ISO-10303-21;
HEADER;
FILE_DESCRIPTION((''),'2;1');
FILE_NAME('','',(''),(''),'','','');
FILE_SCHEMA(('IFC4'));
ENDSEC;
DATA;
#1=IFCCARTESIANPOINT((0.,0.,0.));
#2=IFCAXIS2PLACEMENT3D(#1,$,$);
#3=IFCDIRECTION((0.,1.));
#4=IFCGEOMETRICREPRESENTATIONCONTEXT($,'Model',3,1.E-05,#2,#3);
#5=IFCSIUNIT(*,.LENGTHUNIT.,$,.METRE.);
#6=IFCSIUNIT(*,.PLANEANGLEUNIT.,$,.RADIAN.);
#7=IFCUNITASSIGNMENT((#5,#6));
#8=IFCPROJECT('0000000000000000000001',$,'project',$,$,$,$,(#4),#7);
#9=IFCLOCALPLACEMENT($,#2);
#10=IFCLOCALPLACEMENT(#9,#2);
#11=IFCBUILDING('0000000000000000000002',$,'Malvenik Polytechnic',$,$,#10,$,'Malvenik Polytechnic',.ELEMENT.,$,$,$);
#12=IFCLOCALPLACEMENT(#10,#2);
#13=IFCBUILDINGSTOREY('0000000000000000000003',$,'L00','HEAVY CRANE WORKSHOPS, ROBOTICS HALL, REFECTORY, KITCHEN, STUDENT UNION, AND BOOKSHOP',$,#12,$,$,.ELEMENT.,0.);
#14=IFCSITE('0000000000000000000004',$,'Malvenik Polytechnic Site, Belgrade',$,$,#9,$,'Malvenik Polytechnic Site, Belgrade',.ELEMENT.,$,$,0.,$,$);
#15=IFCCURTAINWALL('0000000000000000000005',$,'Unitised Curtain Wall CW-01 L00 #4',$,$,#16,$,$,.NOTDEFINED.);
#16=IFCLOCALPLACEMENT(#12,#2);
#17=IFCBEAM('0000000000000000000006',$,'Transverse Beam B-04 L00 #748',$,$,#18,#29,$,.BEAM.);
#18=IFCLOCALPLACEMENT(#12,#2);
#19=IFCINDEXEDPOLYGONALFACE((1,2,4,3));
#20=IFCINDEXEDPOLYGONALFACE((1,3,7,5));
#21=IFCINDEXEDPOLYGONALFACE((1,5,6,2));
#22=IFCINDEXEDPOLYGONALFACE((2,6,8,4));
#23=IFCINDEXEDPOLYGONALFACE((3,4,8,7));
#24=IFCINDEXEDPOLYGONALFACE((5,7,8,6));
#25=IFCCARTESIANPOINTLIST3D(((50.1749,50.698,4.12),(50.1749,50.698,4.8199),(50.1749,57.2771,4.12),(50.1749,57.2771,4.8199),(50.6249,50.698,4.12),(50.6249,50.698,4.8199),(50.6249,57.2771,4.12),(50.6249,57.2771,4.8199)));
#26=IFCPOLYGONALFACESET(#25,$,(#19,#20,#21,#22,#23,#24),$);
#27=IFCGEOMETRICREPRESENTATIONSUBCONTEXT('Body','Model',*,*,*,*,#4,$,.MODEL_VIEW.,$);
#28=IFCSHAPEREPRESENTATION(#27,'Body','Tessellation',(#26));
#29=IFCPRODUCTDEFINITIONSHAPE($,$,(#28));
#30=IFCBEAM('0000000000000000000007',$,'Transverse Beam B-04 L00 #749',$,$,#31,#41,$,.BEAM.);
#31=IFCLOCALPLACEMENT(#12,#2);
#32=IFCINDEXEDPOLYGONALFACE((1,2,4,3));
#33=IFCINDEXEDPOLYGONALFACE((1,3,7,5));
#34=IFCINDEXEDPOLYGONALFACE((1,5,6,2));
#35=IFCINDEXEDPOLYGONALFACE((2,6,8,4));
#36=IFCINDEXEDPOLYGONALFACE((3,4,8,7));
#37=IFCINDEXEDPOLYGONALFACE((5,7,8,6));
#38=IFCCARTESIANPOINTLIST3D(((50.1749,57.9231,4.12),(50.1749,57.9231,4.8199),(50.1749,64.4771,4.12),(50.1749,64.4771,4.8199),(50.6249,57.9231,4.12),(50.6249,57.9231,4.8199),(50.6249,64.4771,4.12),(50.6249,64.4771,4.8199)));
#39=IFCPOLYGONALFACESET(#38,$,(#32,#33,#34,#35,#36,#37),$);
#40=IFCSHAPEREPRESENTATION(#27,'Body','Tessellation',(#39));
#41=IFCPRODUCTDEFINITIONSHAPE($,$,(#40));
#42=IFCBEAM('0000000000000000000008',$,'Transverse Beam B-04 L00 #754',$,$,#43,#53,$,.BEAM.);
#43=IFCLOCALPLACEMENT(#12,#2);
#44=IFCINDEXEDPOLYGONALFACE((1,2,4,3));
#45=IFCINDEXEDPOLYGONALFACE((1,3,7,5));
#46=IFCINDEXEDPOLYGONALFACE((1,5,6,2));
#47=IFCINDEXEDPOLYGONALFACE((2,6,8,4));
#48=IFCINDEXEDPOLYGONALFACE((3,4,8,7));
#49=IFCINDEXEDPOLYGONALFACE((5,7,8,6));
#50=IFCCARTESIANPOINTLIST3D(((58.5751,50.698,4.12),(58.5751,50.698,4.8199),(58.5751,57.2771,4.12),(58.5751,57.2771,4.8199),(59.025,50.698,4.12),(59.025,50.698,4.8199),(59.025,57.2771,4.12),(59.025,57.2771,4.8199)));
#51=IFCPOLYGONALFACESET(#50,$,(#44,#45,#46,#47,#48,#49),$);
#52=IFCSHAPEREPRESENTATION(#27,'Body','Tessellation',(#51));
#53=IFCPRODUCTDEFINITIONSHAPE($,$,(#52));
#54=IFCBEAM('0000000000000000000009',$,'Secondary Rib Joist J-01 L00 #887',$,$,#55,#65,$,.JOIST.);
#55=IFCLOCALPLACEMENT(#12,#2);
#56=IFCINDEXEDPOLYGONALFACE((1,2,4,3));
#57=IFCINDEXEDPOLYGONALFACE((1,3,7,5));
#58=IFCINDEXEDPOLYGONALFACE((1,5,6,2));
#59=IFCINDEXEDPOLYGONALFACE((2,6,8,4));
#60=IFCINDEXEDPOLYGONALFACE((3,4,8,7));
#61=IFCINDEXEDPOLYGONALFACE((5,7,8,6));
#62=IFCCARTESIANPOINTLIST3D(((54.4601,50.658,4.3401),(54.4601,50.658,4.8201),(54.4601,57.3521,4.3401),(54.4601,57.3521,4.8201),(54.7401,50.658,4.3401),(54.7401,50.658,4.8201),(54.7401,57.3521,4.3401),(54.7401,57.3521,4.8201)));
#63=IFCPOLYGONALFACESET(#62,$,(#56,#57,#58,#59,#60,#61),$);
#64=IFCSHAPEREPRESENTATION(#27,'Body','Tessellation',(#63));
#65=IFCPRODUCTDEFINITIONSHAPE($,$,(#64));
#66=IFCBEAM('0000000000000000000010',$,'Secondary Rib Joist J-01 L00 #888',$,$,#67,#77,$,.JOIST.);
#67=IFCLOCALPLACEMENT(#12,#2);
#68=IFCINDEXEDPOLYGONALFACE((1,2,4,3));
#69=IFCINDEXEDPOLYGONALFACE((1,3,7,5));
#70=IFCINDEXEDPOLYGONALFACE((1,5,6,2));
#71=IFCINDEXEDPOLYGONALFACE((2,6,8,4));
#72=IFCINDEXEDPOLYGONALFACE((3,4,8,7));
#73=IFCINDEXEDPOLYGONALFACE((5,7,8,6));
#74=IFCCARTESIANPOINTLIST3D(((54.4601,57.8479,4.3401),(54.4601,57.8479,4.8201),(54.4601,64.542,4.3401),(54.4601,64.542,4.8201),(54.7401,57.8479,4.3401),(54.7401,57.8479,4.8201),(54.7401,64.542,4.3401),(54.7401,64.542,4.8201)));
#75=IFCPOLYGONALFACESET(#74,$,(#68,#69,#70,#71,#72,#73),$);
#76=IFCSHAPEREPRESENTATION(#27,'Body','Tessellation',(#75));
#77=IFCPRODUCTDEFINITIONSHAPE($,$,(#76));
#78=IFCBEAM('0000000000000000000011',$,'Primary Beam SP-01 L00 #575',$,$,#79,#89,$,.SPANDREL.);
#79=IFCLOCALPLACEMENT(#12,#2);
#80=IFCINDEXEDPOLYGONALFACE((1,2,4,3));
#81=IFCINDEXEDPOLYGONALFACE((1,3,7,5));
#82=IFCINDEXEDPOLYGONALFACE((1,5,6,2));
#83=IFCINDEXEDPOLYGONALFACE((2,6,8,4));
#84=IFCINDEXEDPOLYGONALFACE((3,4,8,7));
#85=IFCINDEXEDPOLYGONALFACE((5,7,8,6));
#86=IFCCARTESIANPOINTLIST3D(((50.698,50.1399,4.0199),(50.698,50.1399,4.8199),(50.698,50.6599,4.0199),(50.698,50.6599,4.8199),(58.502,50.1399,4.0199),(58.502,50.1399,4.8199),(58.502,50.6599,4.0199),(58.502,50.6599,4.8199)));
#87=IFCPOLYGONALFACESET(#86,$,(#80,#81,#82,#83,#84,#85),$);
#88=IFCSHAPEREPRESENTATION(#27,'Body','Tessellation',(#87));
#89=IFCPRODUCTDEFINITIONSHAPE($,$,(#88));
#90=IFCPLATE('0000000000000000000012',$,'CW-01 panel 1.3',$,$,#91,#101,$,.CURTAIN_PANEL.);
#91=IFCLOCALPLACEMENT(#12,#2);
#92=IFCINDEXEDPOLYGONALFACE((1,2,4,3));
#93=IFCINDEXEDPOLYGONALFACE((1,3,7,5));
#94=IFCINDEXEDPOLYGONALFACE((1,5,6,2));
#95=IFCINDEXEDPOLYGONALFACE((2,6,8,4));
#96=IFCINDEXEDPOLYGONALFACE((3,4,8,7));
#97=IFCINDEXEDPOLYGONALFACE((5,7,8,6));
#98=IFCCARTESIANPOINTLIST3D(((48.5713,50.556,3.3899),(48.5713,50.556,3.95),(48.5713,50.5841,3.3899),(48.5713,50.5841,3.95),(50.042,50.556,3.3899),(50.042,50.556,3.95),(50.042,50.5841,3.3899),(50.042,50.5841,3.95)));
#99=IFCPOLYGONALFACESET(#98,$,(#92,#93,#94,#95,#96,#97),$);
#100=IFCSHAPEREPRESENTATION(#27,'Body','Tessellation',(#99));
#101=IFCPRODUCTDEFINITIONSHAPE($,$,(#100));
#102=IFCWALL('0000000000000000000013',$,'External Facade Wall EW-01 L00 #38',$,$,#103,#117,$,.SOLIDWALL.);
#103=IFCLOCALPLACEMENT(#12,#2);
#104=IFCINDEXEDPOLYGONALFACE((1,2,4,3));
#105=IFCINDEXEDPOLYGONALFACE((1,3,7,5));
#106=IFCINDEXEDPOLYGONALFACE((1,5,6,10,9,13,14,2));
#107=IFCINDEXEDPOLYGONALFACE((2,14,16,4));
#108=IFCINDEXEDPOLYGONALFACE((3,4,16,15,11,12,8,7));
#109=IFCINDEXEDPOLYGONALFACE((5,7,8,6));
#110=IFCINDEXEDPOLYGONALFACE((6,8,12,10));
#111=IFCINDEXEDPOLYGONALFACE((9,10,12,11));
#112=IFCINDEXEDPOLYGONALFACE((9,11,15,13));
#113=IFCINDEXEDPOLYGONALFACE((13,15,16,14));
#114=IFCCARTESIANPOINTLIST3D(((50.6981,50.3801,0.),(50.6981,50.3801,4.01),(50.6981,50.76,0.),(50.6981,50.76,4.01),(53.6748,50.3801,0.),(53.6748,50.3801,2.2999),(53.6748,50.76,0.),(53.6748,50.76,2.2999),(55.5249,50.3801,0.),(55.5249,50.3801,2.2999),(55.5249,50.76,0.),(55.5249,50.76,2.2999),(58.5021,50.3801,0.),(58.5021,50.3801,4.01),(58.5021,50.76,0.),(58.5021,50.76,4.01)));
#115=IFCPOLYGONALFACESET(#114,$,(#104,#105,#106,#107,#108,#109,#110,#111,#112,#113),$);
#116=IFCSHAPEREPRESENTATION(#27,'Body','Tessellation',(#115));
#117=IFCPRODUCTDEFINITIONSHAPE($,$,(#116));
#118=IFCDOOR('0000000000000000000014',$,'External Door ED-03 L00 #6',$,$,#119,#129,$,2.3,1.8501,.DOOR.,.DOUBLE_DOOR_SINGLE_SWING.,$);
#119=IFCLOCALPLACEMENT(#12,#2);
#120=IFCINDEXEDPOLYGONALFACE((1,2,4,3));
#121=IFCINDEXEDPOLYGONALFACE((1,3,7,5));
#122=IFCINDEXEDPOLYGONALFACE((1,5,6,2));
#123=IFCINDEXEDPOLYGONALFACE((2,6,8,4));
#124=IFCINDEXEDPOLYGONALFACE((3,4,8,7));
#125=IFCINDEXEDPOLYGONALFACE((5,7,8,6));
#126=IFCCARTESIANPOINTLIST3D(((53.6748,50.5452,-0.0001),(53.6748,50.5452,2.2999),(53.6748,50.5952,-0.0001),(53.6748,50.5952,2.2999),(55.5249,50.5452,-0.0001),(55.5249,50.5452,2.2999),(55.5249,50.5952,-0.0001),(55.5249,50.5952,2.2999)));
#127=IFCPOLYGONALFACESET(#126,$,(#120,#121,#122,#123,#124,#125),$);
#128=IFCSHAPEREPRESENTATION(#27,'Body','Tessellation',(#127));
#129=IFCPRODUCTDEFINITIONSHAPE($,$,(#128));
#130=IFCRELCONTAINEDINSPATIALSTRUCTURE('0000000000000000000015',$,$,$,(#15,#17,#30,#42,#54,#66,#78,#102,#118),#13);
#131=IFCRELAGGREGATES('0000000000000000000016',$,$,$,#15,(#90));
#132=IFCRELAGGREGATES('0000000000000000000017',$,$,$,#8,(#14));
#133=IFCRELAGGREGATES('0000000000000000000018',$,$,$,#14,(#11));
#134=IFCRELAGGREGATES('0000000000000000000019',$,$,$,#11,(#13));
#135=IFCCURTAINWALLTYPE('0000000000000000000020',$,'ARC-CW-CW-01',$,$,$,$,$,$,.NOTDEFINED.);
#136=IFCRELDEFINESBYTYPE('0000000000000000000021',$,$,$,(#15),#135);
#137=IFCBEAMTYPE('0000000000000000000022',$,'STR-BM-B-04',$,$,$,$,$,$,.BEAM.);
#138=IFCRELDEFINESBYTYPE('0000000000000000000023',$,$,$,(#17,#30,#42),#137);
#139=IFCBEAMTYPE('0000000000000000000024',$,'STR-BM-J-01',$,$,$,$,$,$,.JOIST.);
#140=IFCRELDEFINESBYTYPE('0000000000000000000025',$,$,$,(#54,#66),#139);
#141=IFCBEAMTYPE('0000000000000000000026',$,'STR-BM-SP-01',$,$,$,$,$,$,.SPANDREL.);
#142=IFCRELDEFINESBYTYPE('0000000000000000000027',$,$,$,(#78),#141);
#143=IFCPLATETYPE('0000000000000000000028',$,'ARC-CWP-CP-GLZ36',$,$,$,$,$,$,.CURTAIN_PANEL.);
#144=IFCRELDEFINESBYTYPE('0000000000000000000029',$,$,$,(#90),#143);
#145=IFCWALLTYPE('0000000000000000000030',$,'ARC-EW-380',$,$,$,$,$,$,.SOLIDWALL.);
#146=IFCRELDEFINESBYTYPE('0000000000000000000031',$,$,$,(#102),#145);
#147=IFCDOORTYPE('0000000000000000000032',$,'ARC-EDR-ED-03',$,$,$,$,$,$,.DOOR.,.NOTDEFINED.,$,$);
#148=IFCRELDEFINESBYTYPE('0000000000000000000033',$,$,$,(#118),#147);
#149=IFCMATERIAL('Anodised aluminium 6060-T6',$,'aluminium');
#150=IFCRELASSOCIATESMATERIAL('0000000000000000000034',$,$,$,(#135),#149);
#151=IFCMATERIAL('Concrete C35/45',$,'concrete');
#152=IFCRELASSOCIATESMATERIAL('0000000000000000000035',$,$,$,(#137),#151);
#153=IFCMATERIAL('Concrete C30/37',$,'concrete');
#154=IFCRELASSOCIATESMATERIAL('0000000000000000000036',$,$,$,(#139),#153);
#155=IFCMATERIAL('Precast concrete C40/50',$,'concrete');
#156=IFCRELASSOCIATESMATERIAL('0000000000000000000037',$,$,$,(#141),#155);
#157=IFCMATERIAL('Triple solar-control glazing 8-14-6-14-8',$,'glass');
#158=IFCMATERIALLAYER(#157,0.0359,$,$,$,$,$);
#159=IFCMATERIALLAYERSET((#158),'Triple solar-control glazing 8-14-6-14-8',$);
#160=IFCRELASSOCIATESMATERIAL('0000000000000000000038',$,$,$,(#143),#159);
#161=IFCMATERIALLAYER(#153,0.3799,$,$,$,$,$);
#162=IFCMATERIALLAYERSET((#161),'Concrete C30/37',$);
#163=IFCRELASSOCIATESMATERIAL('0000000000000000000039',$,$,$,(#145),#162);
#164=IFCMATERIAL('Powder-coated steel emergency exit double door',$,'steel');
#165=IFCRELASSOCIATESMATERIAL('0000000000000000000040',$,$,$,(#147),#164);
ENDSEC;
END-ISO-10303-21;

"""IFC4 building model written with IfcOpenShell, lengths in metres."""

from ifc_helpers import new_model, si_unit, direction, frame, frame_2d, origin, origin_2d, place, context, subcontext, project, spatial, rectangle, extrude, material, layer, layer_set, material_profile, profile_set, type_object, element, fill, aggregate, save


model = new_model("IFC4")

# Units and contexts
model_context = context("Model", 3, precision=1e-05, world=origin(), true_north=direction((0.0, 1.0)))
body_context = subcontext(model_context, "Body", "Model", "MODEL_VIEW")
ifc_project = project(units=[si_unit("LENGTHUNIT", "METRE"), si_unit("PLANEANGLEUNIT", "RADIAN")], contexts=[model_context])

# Site, building, storey
site_placement = place(None, origin())
site = spatial("IfcSite", under=ifc_project, at=site_placement, Name="Malvenik Polytechnic Site, Belgrade", LongName="Malvenik Polytechnic Site, Belgrade", CompositionType="ELEMENT", RefElevation=0.0)
building_placement = place(site_placement, origin())
building = spatial("IfcBuilding", under=site, at=building_placement, Name="Malvenik Polytechnic", LongName="Malvenik Polytechnic", CompositionType="ELEMENT")
storey_placement = place(building_placement, origin())
storey = spatial("IfcBuildingStorey", under=building, at=storey_placement, Name="L00", Description="HEAVY CRANE WORKSHOPS, ROBOTICS HALL, REFECTORY, KITCHEN, STUDENT UNION, AND BOOKSHOP", CompositionType="ELEMENT", Elevation=0.0)

# Shared definitions
ifc_material_1 = material(Name="Concrete C35/45", Category="concrete")

# Shared definitions
ifc_material_2 = material(Name="Anodised aluminium 6060-T6", Category="aluminium")
curtain_wall_type = type_object("IfcCurtainWallType", Name="ARC-CW-CW-01", PredefinedType="NOTDEFINED", material=ifc_material_2)

# Curtain wall
curtain_wall_1_placement = place(storey_placement, origin())
curtain_wall_1 = element("IfcCurtainWall", 1, at=curtain_wall_1_placement, inside=storey, type_object=curtain_wall_type, Name="Unitised Curtain Wall CW-01 L00 #4", PredefinedType="NOTDEFINED")

# Beams
ifc_material_profile_1 = material_profile(ifc_material_1, rectangle(XDim=0.45, YDim=0.7, at=origin_2d()), Name="RC BM 450x700")
ifc_profile_set_1 = profile_set([ifc_material_profile_1], Name="Concrete C35/45")
beam_type_1 = type_object("IfcBeamType", Name="STR-BM-B-04", PredefinedType="BEAM", material=ifc_profile_set_1)
beam_1_placement = place(storey_placement, frame((50.3999, 50.698, 4.47), z_axis=(0.0, 1.0, 0.0), x_axis=(-1.0, 0.0, 0.0)))
element("IfcBeam", 2, at=beam_1_placement, inside=storey, type_object=beam_type_1, Name="Transverse Beam B-04 L00 #748", PredefinedType="BEAM", context=body_context, shape_type="SweptSolid", body=[
    extrude(rectangle(XDim=0.45, YDim=0.7, at=origin_2d()), origin(), (0.0, 0.0, 1.0), 6.5791),
])
beam_2_placement = place(storey_placement, frame((50.3999, 57.9231, 4.47), z_axis=(0.0, 1.0, 0.0), x_axis=(-1.0, 0.0, 0.0)))
element("IfcBeam", 3, at=beam_2_placement, inside=storey, type_object=beam_type_1, Name="Transverse Beam B-04 L00 #749", PredefinedType="BEAM", context=body_context, shape_type="SweptSolid", body=[
    extrude(rectangle(XDim=0.45, YDim=0.7, at=origin_2d()), origin(), (0.0, 0.0, 1.0), 6.554),
])
beam_3_placement = place(storey_placement, frame((58.8, 50.698, 4.47), z_axis=(0.0, 1.0, 0.0), x_axis=(-1.0, 0.0, 0.0)))
element("IfcBeam", 4, at=beam_3_placement, inside=storey, type_object=beam_type_1, Name="Transverse Beam B-04 L00 #754", PredefinedType="BEAM", context=body_context, shape_type="SweptSolid", body=[
    extrude(rectangle(XDim=0.45, YDim=0.7, at=origin_2d()), origin(), (0.0, 0.0, 1.0), 6.5791),
])
ifc_material_3 = material(Name="Concrete C30/37", Category="concrete")
ifc_material_profile_2 = material_profile(ifc_material_3, rectangle(XDim=0.28, YDim=0.48, at=origin_2d()), Name="RC JST 280x480")
ifc_profile_set_2 = profile_set([ifc_material_profile_2], Name="Concrete C30/37")
beam_type_2 = type_object("IfcBeamType", Name="STR-BM-J-01", PredefinedType="JOIST", material=ifc_profile_set_2)
for number, where, z_axis, x_axis, name in (
    (5, (54.6001, 50.658, 4.5801), (0.0, 1.0, 0.0), (-1.0, 0.0, 0.0), "Secondary Rib Joist J-01 L00 #887"),
    (6, (54.6001, 57.8479, 4.5801), (0.0, 1.0, 0.0), (-1.0, 0.0, 0.0), "Secondary Rib Joist J-01 L00 #888"),
):
    element("IfcBeam", number, at=place(storey_placement, frame(where, z_axis=z_axis, x_axis=x_axis)), inside=storey, type_object=beam_type_2, Name=name, PredefinedType="JOIST", context=body_context, shape_type="SweptSolid", body=[
        extrude(rectangle(XDim=0.28, YDim=0.48, at=origin_2d()), origin(), (0.0, 0.0, 1.0), 6.6941),
    ])
ifc_material_4 = material(Name="Precast concrete C40/50", Category="concrete")
ifc_material_profile_3 = material_profile(ifc_material_4, rectangle(XDim=0.52, YDim=0.8, at=origin_2d()), Name="PC SPN 520x800")
ifc_profile_set_3 = profile_set([ifc_material_profile_3], Name="Precast concrete C40/50")
beam_type_3 = type_object("IfcBeamType", Name="STR-BM-SP-01", PredefinedType="SPANDREL", material=ifc_profile_set_3)
beam_4_placement = place(storey_placement, frame((50.698, 50.3999, 4.4199), z_axis=(1.0, 0.0, 0.0), x_axis=(0.0, 1.0, 0.0)))
element("IfcBeam", 7, at=beam_4_placement, inside=storey, type_object=beam_type_3, Name="Primary Beam SP-01 L00 #575", PredefinedType="SPANDREL", context=body_context, shape_type="SweptSolid", body=[
    extrude(rectangle(XDim=0.52, YDim=0.8, at=origin_2d()), origin(), (0.0, 0.0, 1.0), 7.804),
])

# Plate
ifc_material_5 = material(Name="Triple solar-control glazing 8-14-6-14-8", Category="glass")
ifc_layer_1 = layer(ifc_material_5, 0.0359)
ifc_layer_set_1 = layer_set([ifc_layer_1], Name="Triple solar-control glazing 8-14-6-14-8")
plate_type = type_object("IfcPlateType", Name="ARC-CWP-CP-GLZ36", PredefinedType="CURTAIN_PANEL", material=ifc_layer_set_1)
plate_placement = place(storey_placement, frame((49.3066, 50.5701, 3.3899), z_axis=(0.0, 0.0, 1.0), x_axis=(-1.0, 0.0, 0.0)))
plate = element("IfcPlate", 8, at=plate_placement, type_object=plate_type, Name="CW-01 panel 1.3", PredefinedType="CURTAIN_PANEL", context=body_context, shape_type="SweptSolid", body=[
    extrude(rectangle(XDim=1.4707, YDim=0.0281, at=origin_2d()), origin(), (0.0, 0.0, 1.0), 0.5601),
])
aggregate(curtain_wall_1, [plate])

# Wall, opening, door
ifc_layer_2 = layer(ifc_material_3, 0.3799)
ifc_layer_set_2 = layer_set([ifc_layer_2], Name="Concrete C30/37")
wall_type = type_object("IfcWallType", Name="ARC-EW-380", PredefinedType="SOLIDWALL", material=ifc_layer_set_2)
wall_1_placement = place(storey_placement, frame((58.502, 50.5701, 0.0), z_axis=(0.0, 0.0, 1.0), x_axis=(-1.0, 0.0, 0.0)))
wall_1 = element("IfcWall", 9, at=wall_1_placement, inside=storey, type_object=wall_type, Name="External Facade Wall EW-01 L00 #38", PredefinedType="SOLIDWALL", context=body_context, shape_type="SweptSolid", body=[
    extrude(rectangle(XDim=7.804, YDim=0.3799, at=frame_2d((3.9019, 0.0))), origin(), (0.0, 0.0, 1.0), 4.01),
])
opening_1_placement = place(wall_1_placement, frame((2.9771, 0.0, 0.0)))
opening_1 = element("IfcOpeningElement", 10, at=opening_1_placement, cuts=wall_1, PredefinedType="OPENING", context=body_context, shape_type="SweptSolid", body=[
    extrude(rectangle(XDim=1.8501, YDim=2.3, at=frame_2d((0.925, 1.1499))), frame((0.0, 0.2, 0.0), z_axis=(0.0, -1.0, 0.0), x_axis=(1.0, 0.0, 0.0)), (0.0, 0.0, 1.0), 0.3999),
])
ifc_material_6 = material(Name="Powder-coated steel emergency exit double door", Category="steel")
door_type_1 = type_object("IfcDoorType", Name="ARC-EDR-ED-03", OperationType="NOTDEFINED", PredefinedType="DOOR", material=ifc_material_6)
door_1_placement = place(opening_1_placement, origin())
door_1 = element("IfcDoor", 11, at=door_1_placement, inside=storey, type_object=door_type_1, Name="External Door ED-03 L00 #6", OperationType="DOUBLE_DOOR_SINGLE_SWING", OverallHeight=2.3, OverallWidth=1.8501, PredefinedType="DOOR", context=body_context, shape_type="SweptSolid", body=[
    extrude(rectangle(XDim=1.8501, YDim=2.3, at=frame_2d((0.925, 1.1499))), frame((0.0, 0.0249, 0.0), z_axis=(0.0, -1.0, 0.0), x_axis=(1.0, 0.0, 0.0)), (0.0, 0.0, 1.0), 0.05),
])
fill(opening_1, door_1)

save(model, "model.ifc")
